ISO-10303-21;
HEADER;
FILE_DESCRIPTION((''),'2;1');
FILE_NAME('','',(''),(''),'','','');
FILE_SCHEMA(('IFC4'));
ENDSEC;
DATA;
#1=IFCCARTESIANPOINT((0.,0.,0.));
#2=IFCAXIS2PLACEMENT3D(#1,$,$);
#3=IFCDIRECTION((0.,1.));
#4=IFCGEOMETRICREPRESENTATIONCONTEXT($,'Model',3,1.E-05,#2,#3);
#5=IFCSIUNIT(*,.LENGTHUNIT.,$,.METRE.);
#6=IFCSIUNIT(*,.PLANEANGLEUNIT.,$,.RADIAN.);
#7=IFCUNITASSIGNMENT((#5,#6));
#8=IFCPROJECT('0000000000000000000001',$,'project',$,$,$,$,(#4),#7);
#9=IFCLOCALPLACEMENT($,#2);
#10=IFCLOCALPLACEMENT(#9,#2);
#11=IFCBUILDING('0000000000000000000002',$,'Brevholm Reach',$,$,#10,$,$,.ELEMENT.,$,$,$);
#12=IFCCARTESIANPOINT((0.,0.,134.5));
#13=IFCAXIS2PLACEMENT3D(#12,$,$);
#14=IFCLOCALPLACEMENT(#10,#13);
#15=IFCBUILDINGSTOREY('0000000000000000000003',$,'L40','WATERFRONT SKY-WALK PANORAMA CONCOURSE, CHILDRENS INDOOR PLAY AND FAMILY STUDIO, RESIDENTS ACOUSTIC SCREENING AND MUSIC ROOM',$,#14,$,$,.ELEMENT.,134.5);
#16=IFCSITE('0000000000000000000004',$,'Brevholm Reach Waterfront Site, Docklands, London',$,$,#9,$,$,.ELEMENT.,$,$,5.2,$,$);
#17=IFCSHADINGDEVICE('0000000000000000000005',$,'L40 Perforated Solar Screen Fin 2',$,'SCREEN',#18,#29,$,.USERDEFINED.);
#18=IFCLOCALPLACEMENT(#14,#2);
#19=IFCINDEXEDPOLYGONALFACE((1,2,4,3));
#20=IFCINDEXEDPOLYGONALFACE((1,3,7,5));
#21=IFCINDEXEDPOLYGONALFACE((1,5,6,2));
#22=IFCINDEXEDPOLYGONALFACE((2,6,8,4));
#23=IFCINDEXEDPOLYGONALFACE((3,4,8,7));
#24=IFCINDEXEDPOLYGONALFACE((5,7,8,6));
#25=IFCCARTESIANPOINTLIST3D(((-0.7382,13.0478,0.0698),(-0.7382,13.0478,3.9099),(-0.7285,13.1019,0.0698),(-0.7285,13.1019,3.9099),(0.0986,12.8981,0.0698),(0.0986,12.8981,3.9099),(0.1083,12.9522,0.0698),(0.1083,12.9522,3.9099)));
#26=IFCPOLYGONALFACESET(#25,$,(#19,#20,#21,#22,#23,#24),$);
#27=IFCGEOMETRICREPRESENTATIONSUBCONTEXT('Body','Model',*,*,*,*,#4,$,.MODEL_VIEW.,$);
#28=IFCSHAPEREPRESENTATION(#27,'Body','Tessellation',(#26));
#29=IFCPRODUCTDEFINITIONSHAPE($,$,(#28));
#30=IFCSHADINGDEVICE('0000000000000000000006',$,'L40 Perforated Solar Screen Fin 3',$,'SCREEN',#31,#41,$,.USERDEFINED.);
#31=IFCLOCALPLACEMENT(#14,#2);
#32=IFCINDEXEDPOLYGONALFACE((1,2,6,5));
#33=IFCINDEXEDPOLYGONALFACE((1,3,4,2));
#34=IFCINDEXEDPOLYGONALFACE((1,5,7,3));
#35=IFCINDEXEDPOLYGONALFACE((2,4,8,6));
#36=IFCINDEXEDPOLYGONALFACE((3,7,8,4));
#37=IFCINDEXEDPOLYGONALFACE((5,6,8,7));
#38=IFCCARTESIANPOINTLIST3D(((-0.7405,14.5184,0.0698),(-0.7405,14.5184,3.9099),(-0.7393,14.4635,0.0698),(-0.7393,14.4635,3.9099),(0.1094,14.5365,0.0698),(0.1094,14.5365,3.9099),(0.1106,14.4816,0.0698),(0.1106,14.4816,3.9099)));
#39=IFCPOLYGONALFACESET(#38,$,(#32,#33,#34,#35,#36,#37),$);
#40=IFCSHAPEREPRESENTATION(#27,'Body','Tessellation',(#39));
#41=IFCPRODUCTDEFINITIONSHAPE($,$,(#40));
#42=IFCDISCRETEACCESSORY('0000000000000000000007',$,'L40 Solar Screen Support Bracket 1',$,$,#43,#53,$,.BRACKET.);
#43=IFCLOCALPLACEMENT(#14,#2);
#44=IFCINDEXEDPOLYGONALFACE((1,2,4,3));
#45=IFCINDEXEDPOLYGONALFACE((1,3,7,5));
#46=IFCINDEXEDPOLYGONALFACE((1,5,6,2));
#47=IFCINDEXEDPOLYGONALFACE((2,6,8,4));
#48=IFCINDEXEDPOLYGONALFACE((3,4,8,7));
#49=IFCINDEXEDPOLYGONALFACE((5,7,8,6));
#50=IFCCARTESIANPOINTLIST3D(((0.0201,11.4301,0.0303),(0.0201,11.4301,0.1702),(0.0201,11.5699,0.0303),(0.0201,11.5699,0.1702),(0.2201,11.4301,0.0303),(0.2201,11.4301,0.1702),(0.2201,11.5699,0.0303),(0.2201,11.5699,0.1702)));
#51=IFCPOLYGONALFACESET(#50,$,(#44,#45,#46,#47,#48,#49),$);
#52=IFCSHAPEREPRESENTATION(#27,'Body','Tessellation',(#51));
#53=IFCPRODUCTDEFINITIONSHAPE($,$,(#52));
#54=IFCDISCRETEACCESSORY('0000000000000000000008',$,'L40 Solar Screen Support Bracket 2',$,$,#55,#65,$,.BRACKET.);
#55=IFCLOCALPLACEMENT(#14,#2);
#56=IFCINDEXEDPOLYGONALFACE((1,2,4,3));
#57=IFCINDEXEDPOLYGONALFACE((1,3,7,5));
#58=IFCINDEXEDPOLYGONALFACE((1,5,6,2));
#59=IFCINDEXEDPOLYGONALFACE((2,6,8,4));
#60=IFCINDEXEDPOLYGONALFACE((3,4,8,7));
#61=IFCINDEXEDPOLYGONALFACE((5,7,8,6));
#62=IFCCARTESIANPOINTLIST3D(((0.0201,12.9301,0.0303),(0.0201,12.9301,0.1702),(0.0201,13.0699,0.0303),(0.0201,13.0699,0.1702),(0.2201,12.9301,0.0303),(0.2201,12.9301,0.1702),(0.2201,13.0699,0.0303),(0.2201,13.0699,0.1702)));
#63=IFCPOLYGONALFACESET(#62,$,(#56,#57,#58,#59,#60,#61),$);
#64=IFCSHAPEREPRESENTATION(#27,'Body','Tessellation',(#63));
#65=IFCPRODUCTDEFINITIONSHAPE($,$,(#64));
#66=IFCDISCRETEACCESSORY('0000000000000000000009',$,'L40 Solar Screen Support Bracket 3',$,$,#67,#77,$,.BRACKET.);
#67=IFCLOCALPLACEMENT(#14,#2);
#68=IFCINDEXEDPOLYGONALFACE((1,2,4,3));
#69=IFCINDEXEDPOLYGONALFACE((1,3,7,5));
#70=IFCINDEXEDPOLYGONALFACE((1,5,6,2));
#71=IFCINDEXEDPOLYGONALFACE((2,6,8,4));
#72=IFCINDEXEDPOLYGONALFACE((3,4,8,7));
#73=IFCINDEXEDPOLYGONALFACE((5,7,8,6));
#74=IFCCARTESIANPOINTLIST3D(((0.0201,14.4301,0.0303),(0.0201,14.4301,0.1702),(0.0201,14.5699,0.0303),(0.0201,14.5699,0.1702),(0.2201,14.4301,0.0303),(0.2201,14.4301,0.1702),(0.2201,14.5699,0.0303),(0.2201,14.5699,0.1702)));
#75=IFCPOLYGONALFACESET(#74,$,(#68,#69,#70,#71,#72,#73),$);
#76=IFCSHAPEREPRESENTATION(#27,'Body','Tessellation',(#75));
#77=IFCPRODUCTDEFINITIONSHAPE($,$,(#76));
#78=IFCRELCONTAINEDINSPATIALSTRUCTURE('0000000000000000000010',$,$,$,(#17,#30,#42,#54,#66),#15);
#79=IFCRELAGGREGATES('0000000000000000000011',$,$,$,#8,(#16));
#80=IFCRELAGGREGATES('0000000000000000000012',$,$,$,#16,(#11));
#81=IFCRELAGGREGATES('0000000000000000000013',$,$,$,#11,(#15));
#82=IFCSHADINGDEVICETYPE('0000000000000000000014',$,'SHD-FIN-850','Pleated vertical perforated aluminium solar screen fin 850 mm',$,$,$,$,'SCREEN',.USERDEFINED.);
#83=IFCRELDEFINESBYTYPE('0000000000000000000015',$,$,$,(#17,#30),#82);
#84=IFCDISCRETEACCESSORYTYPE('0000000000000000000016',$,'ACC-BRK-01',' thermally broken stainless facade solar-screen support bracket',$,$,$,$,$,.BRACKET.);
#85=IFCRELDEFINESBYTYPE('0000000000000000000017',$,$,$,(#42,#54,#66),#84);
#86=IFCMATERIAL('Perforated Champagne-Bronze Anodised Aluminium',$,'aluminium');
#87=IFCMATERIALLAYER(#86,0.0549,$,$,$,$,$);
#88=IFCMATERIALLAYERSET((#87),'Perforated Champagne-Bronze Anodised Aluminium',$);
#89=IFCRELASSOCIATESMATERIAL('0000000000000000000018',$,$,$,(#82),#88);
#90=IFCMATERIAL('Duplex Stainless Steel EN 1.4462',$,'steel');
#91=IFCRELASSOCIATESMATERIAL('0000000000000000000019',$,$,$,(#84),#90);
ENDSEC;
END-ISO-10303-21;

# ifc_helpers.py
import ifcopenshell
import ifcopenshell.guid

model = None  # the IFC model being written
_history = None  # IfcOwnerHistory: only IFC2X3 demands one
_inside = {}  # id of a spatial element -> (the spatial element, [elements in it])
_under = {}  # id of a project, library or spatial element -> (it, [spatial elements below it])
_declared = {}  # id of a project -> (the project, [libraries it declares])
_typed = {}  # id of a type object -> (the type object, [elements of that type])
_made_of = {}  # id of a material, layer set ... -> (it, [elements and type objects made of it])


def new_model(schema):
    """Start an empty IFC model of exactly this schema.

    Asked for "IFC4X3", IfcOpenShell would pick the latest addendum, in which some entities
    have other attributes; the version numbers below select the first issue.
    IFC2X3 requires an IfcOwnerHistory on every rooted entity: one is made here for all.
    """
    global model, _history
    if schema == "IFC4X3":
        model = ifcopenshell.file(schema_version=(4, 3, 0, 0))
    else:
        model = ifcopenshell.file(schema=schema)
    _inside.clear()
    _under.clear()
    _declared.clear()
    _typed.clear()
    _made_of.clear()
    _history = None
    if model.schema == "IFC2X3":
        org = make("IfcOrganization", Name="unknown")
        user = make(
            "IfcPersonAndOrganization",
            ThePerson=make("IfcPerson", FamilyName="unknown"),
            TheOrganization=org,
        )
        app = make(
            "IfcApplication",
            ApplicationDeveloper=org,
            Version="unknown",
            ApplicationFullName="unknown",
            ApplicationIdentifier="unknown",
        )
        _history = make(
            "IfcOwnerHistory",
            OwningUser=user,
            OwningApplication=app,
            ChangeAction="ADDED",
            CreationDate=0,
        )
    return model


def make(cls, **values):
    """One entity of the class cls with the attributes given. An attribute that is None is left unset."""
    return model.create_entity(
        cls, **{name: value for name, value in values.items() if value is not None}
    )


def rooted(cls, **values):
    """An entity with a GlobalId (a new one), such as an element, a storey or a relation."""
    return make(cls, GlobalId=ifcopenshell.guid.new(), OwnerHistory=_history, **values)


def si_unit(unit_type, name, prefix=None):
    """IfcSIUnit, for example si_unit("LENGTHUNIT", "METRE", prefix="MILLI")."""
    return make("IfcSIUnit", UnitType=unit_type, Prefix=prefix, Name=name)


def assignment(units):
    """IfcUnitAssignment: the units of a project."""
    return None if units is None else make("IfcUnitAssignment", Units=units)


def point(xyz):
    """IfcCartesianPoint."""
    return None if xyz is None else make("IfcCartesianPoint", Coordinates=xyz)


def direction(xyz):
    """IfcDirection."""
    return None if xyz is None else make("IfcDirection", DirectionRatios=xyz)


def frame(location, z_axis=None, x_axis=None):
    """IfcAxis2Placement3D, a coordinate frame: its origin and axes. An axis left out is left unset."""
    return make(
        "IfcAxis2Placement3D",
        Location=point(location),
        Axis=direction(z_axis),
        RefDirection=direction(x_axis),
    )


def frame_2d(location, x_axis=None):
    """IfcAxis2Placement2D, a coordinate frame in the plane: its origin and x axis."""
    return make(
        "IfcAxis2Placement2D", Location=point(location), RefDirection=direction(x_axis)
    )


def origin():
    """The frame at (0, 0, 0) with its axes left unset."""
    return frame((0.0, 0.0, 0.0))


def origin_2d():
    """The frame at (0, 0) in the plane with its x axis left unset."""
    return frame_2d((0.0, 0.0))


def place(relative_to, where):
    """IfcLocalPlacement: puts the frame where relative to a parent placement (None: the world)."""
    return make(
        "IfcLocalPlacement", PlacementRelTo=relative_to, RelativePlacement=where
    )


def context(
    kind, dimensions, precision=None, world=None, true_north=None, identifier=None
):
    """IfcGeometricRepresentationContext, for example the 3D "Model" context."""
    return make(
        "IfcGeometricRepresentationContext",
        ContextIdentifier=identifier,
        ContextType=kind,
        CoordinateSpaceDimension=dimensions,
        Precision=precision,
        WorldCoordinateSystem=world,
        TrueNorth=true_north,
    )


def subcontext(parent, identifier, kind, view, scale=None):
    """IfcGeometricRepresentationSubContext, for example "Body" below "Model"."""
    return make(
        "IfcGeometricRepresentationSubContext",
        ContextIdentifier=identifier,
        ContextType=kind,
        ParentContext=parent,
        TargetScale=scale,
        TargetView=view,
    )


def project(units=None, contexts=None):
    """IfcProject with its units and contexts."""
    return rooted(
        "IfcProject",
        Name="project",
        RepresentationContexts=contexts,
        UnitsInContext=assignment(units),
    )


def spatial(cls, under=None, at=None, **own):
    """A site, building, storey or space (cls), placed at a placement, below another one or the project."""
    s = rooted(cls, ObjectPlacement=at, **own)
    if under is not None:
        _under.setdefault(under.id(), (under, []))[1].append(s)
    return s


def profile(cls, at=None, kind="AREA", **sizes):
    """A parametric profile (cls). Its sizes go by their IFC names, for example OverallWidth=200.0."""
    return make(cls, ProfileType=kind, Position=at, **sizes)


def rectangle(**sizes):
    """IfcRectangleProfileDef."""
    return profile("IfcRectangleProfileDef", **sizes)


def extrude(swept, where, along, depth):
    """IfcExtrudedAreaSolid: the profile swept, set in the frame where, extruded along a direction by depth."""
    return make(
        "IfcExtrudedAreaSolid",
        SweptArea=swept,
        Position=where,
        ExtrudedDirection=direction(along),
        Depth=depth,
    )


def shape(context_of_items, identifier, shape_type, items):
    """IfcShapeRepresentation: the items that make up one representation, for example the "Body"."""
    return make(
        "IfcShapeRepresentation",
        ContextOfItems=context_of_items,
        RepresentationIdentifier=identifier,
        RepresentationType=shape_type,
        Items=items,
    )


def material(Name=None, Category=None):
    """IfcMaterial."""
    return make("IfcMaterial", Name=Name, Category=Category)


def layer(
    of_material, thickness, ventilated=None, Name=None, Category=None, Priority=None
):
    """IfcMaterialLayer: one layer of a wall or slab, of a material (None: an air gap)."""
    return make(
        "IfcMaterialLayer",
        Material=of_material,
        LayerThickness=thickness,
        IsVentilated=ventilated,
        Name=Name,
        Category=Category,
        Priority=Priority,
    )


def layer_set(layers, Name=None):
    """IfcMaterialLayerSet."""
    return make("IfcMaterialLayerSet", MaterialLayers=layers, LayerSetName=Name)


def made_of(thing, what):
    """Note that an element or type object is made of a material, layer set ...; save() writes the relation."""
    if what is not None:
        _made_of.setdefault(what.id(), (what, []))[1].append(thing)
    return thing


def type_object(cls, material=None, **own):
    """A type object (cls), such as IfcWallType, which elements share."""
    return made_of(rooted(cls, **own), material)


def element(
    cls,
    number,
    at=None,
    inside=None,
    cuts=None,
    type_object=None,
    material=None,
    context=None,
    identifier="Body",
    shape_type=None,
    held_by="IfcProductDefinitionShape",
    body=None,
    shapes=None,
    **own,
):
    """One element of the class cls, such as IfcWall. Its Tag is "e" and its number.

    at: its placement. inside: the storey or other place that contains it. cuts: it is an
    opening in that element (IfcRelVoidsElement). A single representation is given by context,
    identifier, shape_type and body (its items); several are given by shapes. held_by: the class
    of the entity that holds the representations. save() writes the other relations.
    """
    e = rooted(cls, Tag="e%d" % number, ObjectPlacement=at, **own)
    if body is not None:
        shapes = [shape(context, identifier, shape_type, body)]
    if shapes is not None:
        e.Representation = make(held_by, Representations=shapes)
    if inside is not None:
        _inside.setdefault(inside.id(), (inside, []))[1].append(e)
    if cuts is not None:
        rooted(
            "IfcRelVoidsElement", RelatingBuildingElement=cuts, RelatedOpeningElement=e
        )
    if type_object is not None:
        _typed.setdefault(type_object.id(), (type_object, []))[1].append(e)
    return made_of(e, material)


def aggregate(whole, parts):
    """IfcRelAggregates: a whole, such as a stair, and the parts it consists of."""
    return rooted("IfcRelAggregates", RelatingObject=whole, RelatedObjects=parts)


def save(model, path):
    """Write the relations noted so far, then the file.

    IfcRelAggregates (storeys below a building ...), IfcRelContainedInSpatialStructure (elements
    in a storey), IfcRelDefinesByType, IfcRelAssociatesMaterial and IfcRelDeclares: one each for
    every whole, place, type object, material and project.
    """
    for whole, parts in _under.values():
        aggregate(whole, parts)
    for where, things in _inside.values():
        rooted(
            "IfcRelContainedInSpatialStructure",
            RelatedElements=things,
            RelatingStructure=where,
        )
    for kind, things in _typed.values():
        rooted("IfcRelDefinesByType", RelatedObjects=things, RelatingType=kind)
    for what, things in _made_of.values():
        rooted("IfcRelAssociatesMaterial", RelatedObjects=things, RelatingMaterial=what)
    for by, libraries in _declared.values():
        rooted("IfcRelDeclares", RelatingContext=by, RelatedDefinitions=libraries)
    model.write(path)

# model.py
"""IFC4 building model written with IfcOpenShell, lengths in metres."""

from ifc_helpers import new_model, si_unit, direction, frame, origin, origin_2d, place, context, subcontext, project, spatial, rectangle, extrude, material, layer, layer_set, type_object, element, save


model = new_model("IFC4")

# Units and contexts
model_context = context("Model", 3, precision=1e-05, world=origin(), true_north=direction((0.0, 1.0)))
body_context = subcontext(model_context, "Body", "Model", "MODEL_VIEW")
ifc_project = project(units=[si_unit("LENGTHUNIT", "METRE"), si_unit("PLANEANGLEUNIT", "RADIAN")], contexts=[model_context])

# Site, building, storey
site_placement = place(None, origin())
site = spatial("IfcSite", under=ifc_project, at=site_placement, Name="Brevholm Reach Waterfront Site, Docklands, London", CompositionType="ELEMENT", RefElevation=5.2)
building_placement = place(site_placement, origin())
building = spatial("IfcBuilding", under=site, at=building_placement, Name="Brevholm Reach", CompositionType="ELEMENT")
storey_placement = place(building_placement, frame((0.0, 0.0, 134.5)))
storey = spatial("IfcBuildingStorey", under=building, at=storey_placement, Name="L40", Description="WATERFRONT SKY-WALK PANORAMA CONCOURSE, CHILDRENS INDOOR PLAY AND FAMILY STUDIO, RESIDENTS ACOUSTIC SCREENING AND MUSIC ROOM", CompositionType="ELEMENT", Elevation=134.5)

# Shading devices
ifc_material_1 = material(Name="Perforated Champagne-Bronze Anodised Aluminium", Category="aluminium")
ifc_layer_1 = layer(ifc_material_1, 0.0549)
ifc_layer_set_1 = layer_set([ifc_layer_1], Name="Perforated Champagne-Bronze Anodised Aluminium")
shading_device_type = type_object("IfcShadingDeviceType", Name="SHD-FIN-850", Description="Pleated vertical perforated aluminium solar screen fin 850 mm", ElementType="SCREEN", PredefinedType="USERDEFINED", material=ifc_layer_set_1)
for number, where, z_axis, x_axis, name in (
    (1, (-0.3149, 13.0, 0.0698), (0.0, 0.0, 1.0), (-0.984368, 0.176123, 0.0), "L40 Perforated Solar Screen Fin 2"),
    (2, (-0.3149, 14.5, 0.0698), (0.0, 0.0, 1.0), (-0.999773, -0.021291, 0.0), "L40 Perforated Solar Screen Fin 3"),
):
    element("IfcShadingDevice", number, at=place(storey_placement, frame(where, z_axis=z_axis, x_axis=x_axis)), inside=storey, type_object=shading_device_type, Name=name, ObjectType="SCREEN", PredefinedType="USERDEFINED", context=body_context, shape_type="SweptSolid", body=[
        extrude(rectangle(XDim=0.8501, YDim=0.0549, at=origin_2d()), origin(), (0.0, 0.0, 1.0), 3.8401),
    ])

# Discrete accessories
ifc_material_2 = material(Name="Duplex Stainless Steel EN 1.4462", Category="steel")
discrete_accessory_type = type_object("IfcDiscreteAccessoryType", Name="ACC-BRK-01", Description=" thermally broken stainless facade solar-screen support bracket", PredefinedType="BRACKET", material=ifc_material_2)
for number, where, z_axis, x_axis, name in (
    (3, (0.1201, 11.5, 0.0303), (0.0, 0.0, 1.0), (-1.0, 0.0, 0.0), "L40 Solar Screen Support Bracket 1"),
    (4, (0.1201, 13.0, 0.0303), (0.0, 0.0, 1.0), (-1.0, 0.0, 0.0), "L40 Solar Screen Support Bracket 2"),
    (5, (0.1201, 14.5, 0.0303), (0.0, 0.0, 1.0), (-1.0, 0.0, 0.0), "L40 Solar Screen Support Bracket 3"),
):
    element("IfcDiscreteAccessory", number, at=place(storey_placement, frame(where, z_axis=z_axis, x_axis=x_axis)), inside=storey, type_object=discrete_accessory_type, Name=name, PredefinedType="BRACKET", context=body_context, shape_type="SweptSolid", body=[
        extrude(rectangle(XDim=0.2, YDim=0.1399, at=origin_2d()), origin(), (0.0, 0.0, 1.0), 0.1399),
    ])

save(model, "model.ifc")
